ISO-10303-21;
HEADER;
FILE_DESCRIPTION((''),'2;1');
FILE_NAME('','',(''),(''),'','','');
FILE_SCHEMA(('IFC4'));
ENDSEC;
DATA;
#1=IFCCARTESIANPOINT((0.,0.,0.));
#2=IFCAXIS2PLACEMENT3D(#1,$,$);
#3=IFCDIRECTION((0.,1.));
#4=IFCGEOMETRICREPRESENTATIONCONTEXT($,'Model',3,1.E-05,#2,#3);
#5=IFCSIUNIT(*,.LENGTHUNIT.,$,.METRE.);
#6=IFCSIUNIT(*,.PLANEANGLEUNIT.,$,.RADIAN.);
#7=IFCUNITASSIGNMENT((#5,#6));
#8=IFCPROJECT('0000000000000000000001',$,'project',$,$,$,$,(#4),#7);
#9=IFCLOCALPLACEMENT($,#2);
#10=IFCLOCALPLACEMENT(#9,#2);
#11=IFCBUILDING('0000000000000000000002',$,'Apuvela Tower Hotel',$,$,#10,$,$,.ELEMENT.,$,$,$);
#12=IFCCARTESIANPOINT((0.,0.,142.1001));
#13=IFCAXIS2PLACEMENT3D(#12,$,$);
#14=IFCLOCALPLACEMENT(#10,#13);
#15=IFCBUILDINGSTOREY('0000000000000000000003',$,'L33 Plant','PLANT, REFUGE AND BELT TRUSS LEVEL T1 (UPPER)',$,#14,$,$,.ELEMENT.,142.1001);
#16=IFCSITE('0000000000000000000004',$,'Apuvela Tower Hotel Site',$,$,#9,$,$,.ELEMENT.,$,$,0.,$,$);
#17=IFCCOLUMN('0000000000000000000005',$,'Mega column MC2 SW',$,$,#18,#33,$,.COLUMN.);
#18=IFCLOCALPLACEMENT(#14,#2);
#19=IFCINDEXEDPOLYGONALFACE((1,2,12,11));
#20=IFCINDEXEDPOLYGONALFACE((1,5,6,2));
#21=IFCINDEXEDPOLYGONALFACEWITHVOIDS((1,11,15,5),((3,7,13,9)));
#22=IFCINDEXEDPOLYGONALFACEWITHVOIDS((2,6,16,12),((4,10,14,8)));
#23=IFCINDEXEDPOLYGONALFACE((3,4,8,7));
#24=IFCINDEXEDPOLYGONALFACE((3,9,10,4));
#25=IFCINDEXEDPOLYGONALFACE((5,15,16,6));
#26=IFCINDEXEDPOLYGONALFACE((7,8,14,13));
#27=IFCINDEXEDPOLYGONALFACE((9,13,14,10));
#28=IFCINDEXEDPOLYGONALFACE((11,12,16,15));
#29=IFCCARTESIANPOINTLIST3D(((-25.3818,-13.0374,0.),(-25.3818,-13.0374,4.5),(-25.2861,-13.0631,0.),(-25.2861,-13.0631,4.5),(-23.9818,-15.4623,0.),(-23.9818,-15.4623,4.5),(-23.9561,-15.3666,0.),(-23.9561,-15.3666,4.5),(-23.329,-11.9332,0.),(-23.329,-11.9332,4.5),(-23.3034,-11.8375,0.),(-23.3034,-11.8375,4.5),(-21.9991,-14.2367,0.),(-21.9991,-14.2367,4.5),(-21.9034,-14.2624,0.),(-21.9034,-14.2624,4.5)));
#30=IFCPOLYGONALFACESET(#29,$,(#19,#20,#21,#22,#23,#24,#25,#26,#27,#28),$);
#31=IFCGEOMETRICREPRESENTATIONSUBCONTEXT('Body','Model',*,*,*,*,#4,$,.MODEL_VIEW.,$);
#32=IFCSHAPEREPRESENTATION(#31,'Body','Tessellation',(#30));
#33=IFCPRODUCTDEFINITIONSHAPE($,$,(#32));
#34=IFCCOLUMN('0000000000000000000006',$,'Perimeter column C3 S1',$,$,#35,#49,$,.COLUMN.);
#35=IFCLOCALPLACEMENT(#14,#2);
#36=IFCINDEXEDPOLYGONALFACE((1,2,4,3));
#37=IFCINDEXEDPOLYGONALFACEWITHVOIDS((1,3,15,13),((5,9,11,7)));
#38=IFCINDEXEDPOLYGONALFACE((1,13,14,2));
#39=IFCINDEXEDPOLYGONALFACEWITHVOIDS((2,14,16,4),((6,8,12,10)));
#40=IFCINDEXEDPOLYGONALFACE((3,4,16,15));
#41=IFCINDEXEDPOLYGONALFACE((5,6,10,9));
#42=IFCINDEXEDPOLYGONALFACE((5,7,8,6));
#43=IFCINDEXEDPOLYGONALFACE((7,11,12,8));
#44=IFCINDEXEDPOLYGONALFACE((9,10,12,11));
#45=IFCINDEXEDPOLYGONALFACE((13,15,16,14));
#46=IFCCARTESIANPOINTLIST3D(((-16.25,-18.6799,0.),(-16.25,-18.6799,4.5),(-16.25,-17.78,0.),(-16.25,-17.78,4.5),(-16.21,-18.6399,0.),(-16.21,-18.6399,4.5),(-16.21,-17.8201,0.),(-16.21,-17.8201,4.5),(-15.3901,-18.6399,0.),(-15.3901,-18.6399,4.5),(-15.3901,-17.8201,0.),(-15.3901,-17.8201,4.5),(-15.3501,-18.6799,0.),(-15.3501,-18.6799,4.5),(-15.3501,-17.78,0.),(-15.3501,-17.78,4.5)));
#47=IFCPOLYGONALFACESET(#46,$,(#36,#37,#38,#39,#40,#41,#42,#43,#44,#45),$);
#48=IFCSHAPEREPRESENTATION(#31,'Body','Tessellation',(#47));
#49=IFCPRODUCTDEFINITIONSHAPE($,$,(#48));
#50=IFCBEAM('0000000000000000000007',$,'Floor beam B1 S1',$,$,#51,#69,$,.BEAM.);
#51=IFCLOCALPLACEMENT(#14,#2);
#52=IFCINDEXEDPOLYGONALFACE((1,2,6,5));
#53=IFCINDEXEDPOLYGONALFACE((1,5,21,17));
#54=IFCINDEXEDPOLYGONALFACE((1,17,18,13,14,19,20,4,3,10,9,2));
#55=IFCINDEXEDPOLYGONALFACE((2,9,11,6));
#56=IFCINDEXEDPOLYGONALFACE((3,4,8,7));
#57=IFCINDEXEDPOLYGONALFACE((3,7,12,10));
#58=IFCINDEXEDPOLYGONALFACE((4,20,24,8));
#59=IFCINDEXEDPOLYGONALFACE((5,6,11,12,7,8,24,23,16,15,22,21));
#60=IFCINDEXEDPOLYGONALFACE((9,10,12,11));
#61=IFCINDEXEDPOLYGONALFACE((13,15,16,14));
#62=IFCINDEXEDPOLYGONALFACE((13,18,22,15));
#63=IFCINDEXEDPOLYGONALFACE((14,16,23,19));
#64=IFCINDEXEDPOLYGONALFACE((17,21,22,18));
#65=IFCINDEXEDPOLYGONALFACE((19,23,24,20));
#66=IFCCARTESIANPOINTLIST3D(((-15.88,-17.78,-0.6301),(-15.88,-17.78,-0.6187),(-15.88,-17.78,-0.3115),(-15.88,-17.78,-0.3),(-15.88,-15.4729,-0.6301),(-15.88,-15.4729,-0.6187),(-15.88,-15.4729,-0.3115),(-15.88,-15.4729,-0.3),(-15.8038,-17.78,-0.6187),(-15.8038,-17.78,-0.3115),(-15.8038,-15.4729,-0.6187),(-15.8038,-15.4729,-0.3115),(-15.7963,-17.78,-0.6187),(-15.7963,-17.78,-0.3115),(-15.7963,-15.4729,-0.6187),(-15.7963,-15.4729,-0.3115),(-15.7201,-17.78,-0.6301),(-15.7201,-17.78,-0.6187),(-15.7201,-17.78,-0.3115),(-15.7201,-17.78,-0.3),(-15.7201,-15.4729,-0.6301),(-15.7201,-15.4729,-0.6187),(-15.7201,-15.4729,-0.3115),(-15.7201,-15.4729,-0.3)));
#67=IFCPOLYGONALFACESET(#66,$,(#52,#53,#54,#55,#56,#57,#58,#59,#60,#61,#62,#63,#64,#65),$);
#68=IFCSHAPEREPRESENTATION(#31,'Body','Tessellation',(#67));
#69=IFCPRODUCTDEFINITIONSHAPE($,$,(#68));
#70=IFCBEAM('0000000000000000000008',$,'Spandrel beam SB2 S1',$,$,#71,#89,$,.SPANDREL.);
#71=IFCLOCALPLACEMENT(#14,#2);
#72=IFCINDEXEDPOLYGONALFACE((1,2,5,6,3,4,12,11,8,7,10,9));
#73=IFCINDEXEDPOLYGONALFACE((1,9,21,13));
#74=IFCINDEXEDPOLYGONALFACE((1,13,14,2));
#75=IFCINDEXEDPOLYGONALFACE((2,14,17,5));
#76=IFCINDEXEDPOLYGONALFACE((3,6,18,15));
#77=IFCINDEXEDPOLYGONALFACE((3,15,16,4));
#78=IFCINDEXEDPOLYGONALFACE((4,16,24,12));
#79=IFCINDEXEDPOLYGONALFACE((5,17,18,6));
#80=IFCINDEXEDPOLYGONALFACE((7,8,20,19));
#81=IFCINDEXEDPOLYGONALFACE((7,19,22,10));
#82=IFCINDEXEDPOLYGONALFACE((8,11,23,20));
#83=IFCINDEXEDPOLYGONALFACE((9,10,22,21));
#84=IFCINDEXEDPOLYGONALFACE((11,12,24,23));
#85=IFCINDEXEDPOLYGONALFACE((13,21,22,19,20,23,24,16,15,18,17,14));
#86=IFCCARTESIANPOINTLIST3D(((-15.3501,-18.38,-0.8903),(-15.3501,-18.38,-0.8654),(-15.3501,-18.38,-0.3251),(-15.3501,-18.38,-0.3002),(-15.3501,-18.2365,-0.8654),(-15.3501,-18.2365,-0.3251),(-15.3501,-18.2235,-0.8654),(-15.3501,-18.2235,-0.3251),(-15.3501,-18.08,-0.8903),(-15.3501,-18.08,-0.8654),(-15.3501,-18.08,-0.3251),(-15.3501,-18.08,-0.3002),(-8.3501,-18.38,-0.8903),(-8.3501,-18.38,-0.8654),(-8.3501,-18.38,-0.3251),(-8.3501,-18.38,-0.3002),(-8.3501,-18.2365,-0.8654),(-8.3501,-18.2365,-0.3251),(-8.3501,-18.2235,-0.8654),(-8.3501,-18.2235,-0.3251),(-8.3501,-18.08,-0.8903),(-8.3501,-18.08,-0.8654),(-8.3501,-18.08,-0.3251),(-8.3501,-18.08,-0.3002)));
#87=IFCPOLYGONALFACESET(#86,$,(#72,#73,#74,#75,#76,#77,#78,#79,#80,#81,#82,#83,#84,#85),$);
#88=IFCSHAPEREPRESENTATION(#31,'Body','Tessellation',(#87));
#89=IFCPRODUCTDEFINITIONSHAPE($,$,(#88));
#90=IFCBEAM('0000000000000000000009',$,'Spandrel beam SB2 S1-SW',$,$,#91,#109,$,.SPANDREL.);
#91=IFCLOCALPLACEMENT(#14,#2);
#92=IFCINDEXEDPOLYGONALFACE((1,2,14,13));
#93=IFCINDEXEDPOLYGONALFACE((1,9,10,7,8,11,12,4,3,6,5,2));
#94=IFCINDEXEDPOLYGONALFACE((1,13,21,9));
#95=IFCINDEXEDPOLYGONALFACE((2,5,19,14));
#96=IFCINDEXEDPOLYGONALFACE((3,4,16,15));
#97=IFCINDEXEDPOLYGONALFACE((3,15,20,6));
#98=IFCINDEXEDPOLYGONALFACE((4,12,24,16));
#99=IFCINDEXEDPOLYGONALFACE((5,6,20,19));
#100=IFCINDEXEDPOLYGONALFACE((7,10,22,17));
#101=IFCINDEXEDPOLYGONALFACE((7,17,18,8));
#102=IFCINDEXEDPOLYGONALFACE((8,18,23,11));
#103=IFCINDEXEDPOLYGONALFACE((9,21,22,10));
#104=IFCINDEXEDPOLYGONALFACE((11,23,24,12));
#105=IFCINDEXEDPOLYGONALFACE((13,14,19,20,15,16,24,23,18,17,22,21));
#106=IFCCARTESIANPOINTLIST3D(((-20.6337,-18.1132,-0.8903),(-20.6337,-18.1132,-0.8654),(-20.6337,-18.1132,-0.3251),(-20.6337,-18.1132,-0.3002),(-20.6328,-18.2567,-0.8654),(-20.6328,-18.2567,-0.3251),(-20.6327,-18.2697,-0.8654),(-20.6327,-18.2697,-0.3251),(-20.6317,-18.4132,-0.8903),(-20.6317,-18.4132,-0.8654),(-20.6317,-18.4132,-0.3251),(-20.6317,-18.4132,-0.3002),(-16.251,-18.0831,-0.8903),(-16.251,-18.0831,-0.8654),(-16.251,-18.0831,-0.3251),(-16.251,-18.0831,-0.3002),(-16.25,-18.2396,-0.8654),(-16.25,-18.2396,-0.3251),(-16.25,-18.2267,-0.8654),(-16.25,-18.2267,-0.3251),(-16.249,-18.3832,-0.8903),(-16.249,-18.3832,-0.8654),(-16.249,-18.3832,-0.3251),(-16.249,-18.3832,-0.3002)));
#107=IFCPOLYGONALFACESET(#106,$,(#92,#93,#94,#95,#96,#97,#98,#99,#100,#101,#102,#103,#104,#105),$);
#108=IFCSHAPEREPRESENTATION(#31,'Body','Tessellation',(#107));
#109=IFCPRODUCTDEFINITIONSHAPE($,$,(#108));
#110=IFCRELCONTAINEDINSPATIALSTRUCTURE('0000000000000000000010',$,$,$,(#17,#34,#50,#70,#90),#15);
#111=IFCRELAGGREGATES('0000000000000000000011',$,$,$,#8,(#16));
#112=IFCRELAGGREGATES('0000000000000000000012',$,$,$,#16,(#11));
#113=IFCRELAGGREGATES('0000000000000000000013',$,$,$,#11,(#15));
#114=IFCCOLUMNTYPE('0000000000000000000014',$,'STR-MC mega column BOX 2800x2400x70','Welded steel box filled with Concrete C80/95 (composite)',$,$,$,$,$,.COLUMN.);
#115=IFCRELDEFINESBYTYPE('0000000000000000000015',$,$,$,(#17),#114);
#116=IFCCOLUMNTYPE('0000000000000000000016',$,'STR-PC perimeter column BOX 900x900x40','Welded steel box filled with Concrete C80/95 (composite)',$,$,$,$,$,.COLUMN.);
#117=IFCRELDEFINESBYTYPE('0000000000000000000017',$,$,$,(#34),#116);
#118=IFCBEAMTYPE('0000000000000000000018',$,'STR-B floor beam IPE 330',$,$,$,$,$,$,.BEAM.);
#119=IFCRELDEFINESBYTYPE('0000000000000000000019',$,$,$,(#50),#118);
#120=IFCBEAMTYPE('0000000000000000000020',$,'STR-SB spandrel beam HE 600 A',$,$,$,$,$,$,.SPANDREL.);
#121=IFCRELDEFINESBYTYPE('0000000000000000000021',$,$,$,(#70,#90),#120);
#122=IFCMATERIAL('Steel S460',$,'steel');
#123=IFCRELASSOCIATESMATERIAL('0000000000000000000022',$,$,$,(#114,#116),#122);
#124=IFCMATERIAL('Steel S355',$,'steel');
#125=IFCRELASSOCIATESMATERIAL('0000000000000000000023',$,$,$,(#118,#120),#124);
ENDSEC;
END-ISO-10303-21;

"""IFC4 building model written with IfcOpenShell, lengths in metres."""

from ifc_helpers import new_model, si_unit, direction, frame, origin, origin_2d, place, context, subcontext, project, spatial, rectangle, hollow_rectangle, i_section, extrude, material, material_profile, profile_set, type_object, element, save


model = new_model("IFC4")

# Units and contexts
model_context = context("Model", 3, precision=1e-05, world=origin(), true_north=direction((0.0, 1.0)))
body_context = subcontext(model_context, "Body", "Model", "MODEL_VIEW")
ifc_project = project(units=[si_unit("LENGTHUNIT", "METRE"), si_unit("PLANEANGLEUNIT", "RADIAN")], contexts=[model_context])

# Site, building, storey
site_placement = place(None, origin())
site = spatial("IfcSite", under=ifc_project, at=site_placement, Name="Apuvela Tower Hotel Site", CompositionType="ELEMENT", RefElevation=0.0)
building_placement = place(site_placement, origin())
building = spatial("IfcBuilding", under=site, at=building_placement, Name="Apuvela Tower Hotel", CompositionType="ELEMENT")
storey_placement = place(building_placement, frame((0.0, 0.0, 142.1001)))
storey = spatial("IfcBuildingStorey", under=building, at=storey_placement, Name="L33 Plant", Description="PLANT, REFUGE AND BELT TRUSS LEVEL T1 (UPPER)", CompositionType="ELEMENT", Elevation=142.1001)

# Columns
ifc_material_1 = material(Name="Steel S460", Category="steel")
ifc_material_profile_1 = material_profile(ifc_material_1, hollow_rectangle(XDim=2.8, YDim=2.3999, WallThickness=0.0701, at=origin_2d()), Name="BOX 2800x2400x70")
ifc_material_2 = material(Name="Concrete C80/95", Category="concrete")
ifc_material_profile_2 = material_profile(ifc_material_2, rectangle(XDim=2.6599, YDim=2.26, at=origin_2d()), Name="Concrete C80/95 infill")
ifc_profile_set_1 = profile_set([ifc_material_profile_1, ifc_material_profile_2], Name="Steel S460")
column_type_1 = type_object("IfcColumnType", Name="STR-MC mega column BOX 2800x2400x70", Description="Welded steel box filled with Concrete C80/95 (composite)", PredefinedType="COLUMN", material=ifc_profile_set_1)
column_1_placement = place(storey_placement, frame((-23.6426, -13.6499, 0.0), z_axis=(0.0, 0.0, 1.0), x_axis=(-0.5, 0.866025, 0.0)))
element("IfcColumn", 1, at=column_1_placement, inside=storey, type_object=column_type_1, Name="Mega column MC2 SW", PredefinedType="COLUMN", context=body_context, shape_type="SweptSolid", body=[
    extrude(hollow_rectangle(XDim=2.8, YDim=2.3999, WallThickness=0.0701, at=origin_2d()), origin(), (0.0, 0.0, 1.0), 4.5),
])
ifc_material_profile_3 = material_profile(ifc_material_1, hollow_rectangle(XDim=0.8999, YDim=0.8999, WallThickness=0.04, at=origin_2d()), Name="BOX 900x900x40")
ifc_material_profile_4 = material_profile(ifc_material_2, rectangle(XDim=0.8201, YDim=0.8201, at=origin_2d()), Name="Concrete C80/95 infill")
ifc_profile_set_2 = profile_set([ifc_material_profile_3, ifc_material_profile_4], Name="Steel S460")
column_type_2 = type_object("IfcColumnType", Name="STR-PC perimeter column BOX 900x900x40", Description="Welded steel box filled with Concrete C80/95 (composite)", PredefinedType="COLUMN", material=ifc_profile_set_2)
column_2_placement = place(storey_placement, frame((-15.8, -18.23, 0.0), z_axis=(0.0, 0.0, 1.0), x_axis=(-1.0, 0.0, 0.0)))
element("IfcColumn", 2, at=column_2_placement, inside=storey, type_object=column_type_2, Name="Perimeter column C3 S1", PredefinedType="COLUMN", context=body_context, shape_type="SweptSolid", body=[
    extrude(hollow_rectangle(XDim=0.8999, YDim=0.8999, WallThickness=0.04, at=origin_2d()), origin(), (0.0, 0.0, 1.0), 4.5),
])

# Beams
ifc_material_3 = material(Name="Steel S355", Category="steel")
ifc_material_profile_5 = material_profile(ifc_material_3, i_section(OverallWidth=0.1599, OverallDepth=0.3301, WebThickness=0.0076, FlangeThickness=0.0115, at=origin_2d()), Name="IPE 330")
ifc_profile_set_3 = profile_set([ifc_material_profile_5], Name="Steel S355")
beam_type_1 = type_object("IfcBeamType", Name="STR-B floor beam IPE 330", PredefinedType="BEAM", material=ifc_profile_set_3)
beam_1_placement = place(storey_placement, frame((-15.8, -17.78, -0.4651), z_axis=(0.0, 1.0, 0.0), x_axis=(-1.0, 0.0, 0.0)))
element("IfcBeam", 3, at=beam_1_placement, inside=storey, type_object=beam_type_1, Name="Floor beam B1 S1", PredefinedType="BEAM", context=body_context, shape_type="SweptSolid", body=[
    extrude(i_section(OverallWidth=0.1599, OverallDepth=0.3301, WebThickness=0.0076, FlangeThickness=0.0115, at=origin_2d()), origin(), (0.0, 0.0, 1.0), 2.3071),
])
ifc_material_profile_6 = material_profile(ifc_material_3, i_section(OverallWidth=0.3, OverallDepth=0.5901, WebThickness=0.0129, FlangeThickness=0.0249, at=origin_2d()), Name="HE 600 A")
ifc_profile_set_4 = profile_set([ifc_material_profile_6], Name="Steel S355")
beam_type_2 = type_object("IfcBeamType", Name="STR-SB spandrel beam HE 600 A", PredefinedType="SPANDREL", material=ifc_profile_set_4)
beam_2_placement = place(storey_placement, frame((-15.3501, -18.23, -0.5952), z_axis=(1.0, 0.0, 0.0), x_axis=(0.0, 1.0, 0.0)))
element("IfcBeam", 4, at=beam_2_placement, inside=storey, type_object=beam_type_2, Name="Spandrel beam SB2 S1", PredefinedType="SPANDREL", context=body_context, shape_type="SweptSolid", body=[
    extrude(i_section(OverallWidth=0.3, OverallDepth=0.5901, WebThickness=0.0129, FlangeThickness=0.0249, at=origin_2d()), origin(), (0.0, 0.0, 1.0), 7.0),
])
beam_3_placement = place(storey_placement, frame((-16.25, -18.2332, -0.5952), z_axis=(-0.999977, -0.006851, 0.0), x_axis=(0.006851, -0.999977, 0.0)))
element("IfcBeam", 5, at=beam_3_placement, inside=storey, type_object=beam_type_2, Name="Spandrel beam SB2 S1-SW", PredefinedType="SPANDREL", context=body_context, shape_type="SweptSolid", body=[
    extrude(i_section(OverallWidth=0.3, OverallDepth=0.5901, WebThickness=0.0129, FlangeThickness=0.0249, at=origin_2d()), origin(), (0.0, 0.0, 1.0), 4.3828),
])

save(model, "model.ifc")
